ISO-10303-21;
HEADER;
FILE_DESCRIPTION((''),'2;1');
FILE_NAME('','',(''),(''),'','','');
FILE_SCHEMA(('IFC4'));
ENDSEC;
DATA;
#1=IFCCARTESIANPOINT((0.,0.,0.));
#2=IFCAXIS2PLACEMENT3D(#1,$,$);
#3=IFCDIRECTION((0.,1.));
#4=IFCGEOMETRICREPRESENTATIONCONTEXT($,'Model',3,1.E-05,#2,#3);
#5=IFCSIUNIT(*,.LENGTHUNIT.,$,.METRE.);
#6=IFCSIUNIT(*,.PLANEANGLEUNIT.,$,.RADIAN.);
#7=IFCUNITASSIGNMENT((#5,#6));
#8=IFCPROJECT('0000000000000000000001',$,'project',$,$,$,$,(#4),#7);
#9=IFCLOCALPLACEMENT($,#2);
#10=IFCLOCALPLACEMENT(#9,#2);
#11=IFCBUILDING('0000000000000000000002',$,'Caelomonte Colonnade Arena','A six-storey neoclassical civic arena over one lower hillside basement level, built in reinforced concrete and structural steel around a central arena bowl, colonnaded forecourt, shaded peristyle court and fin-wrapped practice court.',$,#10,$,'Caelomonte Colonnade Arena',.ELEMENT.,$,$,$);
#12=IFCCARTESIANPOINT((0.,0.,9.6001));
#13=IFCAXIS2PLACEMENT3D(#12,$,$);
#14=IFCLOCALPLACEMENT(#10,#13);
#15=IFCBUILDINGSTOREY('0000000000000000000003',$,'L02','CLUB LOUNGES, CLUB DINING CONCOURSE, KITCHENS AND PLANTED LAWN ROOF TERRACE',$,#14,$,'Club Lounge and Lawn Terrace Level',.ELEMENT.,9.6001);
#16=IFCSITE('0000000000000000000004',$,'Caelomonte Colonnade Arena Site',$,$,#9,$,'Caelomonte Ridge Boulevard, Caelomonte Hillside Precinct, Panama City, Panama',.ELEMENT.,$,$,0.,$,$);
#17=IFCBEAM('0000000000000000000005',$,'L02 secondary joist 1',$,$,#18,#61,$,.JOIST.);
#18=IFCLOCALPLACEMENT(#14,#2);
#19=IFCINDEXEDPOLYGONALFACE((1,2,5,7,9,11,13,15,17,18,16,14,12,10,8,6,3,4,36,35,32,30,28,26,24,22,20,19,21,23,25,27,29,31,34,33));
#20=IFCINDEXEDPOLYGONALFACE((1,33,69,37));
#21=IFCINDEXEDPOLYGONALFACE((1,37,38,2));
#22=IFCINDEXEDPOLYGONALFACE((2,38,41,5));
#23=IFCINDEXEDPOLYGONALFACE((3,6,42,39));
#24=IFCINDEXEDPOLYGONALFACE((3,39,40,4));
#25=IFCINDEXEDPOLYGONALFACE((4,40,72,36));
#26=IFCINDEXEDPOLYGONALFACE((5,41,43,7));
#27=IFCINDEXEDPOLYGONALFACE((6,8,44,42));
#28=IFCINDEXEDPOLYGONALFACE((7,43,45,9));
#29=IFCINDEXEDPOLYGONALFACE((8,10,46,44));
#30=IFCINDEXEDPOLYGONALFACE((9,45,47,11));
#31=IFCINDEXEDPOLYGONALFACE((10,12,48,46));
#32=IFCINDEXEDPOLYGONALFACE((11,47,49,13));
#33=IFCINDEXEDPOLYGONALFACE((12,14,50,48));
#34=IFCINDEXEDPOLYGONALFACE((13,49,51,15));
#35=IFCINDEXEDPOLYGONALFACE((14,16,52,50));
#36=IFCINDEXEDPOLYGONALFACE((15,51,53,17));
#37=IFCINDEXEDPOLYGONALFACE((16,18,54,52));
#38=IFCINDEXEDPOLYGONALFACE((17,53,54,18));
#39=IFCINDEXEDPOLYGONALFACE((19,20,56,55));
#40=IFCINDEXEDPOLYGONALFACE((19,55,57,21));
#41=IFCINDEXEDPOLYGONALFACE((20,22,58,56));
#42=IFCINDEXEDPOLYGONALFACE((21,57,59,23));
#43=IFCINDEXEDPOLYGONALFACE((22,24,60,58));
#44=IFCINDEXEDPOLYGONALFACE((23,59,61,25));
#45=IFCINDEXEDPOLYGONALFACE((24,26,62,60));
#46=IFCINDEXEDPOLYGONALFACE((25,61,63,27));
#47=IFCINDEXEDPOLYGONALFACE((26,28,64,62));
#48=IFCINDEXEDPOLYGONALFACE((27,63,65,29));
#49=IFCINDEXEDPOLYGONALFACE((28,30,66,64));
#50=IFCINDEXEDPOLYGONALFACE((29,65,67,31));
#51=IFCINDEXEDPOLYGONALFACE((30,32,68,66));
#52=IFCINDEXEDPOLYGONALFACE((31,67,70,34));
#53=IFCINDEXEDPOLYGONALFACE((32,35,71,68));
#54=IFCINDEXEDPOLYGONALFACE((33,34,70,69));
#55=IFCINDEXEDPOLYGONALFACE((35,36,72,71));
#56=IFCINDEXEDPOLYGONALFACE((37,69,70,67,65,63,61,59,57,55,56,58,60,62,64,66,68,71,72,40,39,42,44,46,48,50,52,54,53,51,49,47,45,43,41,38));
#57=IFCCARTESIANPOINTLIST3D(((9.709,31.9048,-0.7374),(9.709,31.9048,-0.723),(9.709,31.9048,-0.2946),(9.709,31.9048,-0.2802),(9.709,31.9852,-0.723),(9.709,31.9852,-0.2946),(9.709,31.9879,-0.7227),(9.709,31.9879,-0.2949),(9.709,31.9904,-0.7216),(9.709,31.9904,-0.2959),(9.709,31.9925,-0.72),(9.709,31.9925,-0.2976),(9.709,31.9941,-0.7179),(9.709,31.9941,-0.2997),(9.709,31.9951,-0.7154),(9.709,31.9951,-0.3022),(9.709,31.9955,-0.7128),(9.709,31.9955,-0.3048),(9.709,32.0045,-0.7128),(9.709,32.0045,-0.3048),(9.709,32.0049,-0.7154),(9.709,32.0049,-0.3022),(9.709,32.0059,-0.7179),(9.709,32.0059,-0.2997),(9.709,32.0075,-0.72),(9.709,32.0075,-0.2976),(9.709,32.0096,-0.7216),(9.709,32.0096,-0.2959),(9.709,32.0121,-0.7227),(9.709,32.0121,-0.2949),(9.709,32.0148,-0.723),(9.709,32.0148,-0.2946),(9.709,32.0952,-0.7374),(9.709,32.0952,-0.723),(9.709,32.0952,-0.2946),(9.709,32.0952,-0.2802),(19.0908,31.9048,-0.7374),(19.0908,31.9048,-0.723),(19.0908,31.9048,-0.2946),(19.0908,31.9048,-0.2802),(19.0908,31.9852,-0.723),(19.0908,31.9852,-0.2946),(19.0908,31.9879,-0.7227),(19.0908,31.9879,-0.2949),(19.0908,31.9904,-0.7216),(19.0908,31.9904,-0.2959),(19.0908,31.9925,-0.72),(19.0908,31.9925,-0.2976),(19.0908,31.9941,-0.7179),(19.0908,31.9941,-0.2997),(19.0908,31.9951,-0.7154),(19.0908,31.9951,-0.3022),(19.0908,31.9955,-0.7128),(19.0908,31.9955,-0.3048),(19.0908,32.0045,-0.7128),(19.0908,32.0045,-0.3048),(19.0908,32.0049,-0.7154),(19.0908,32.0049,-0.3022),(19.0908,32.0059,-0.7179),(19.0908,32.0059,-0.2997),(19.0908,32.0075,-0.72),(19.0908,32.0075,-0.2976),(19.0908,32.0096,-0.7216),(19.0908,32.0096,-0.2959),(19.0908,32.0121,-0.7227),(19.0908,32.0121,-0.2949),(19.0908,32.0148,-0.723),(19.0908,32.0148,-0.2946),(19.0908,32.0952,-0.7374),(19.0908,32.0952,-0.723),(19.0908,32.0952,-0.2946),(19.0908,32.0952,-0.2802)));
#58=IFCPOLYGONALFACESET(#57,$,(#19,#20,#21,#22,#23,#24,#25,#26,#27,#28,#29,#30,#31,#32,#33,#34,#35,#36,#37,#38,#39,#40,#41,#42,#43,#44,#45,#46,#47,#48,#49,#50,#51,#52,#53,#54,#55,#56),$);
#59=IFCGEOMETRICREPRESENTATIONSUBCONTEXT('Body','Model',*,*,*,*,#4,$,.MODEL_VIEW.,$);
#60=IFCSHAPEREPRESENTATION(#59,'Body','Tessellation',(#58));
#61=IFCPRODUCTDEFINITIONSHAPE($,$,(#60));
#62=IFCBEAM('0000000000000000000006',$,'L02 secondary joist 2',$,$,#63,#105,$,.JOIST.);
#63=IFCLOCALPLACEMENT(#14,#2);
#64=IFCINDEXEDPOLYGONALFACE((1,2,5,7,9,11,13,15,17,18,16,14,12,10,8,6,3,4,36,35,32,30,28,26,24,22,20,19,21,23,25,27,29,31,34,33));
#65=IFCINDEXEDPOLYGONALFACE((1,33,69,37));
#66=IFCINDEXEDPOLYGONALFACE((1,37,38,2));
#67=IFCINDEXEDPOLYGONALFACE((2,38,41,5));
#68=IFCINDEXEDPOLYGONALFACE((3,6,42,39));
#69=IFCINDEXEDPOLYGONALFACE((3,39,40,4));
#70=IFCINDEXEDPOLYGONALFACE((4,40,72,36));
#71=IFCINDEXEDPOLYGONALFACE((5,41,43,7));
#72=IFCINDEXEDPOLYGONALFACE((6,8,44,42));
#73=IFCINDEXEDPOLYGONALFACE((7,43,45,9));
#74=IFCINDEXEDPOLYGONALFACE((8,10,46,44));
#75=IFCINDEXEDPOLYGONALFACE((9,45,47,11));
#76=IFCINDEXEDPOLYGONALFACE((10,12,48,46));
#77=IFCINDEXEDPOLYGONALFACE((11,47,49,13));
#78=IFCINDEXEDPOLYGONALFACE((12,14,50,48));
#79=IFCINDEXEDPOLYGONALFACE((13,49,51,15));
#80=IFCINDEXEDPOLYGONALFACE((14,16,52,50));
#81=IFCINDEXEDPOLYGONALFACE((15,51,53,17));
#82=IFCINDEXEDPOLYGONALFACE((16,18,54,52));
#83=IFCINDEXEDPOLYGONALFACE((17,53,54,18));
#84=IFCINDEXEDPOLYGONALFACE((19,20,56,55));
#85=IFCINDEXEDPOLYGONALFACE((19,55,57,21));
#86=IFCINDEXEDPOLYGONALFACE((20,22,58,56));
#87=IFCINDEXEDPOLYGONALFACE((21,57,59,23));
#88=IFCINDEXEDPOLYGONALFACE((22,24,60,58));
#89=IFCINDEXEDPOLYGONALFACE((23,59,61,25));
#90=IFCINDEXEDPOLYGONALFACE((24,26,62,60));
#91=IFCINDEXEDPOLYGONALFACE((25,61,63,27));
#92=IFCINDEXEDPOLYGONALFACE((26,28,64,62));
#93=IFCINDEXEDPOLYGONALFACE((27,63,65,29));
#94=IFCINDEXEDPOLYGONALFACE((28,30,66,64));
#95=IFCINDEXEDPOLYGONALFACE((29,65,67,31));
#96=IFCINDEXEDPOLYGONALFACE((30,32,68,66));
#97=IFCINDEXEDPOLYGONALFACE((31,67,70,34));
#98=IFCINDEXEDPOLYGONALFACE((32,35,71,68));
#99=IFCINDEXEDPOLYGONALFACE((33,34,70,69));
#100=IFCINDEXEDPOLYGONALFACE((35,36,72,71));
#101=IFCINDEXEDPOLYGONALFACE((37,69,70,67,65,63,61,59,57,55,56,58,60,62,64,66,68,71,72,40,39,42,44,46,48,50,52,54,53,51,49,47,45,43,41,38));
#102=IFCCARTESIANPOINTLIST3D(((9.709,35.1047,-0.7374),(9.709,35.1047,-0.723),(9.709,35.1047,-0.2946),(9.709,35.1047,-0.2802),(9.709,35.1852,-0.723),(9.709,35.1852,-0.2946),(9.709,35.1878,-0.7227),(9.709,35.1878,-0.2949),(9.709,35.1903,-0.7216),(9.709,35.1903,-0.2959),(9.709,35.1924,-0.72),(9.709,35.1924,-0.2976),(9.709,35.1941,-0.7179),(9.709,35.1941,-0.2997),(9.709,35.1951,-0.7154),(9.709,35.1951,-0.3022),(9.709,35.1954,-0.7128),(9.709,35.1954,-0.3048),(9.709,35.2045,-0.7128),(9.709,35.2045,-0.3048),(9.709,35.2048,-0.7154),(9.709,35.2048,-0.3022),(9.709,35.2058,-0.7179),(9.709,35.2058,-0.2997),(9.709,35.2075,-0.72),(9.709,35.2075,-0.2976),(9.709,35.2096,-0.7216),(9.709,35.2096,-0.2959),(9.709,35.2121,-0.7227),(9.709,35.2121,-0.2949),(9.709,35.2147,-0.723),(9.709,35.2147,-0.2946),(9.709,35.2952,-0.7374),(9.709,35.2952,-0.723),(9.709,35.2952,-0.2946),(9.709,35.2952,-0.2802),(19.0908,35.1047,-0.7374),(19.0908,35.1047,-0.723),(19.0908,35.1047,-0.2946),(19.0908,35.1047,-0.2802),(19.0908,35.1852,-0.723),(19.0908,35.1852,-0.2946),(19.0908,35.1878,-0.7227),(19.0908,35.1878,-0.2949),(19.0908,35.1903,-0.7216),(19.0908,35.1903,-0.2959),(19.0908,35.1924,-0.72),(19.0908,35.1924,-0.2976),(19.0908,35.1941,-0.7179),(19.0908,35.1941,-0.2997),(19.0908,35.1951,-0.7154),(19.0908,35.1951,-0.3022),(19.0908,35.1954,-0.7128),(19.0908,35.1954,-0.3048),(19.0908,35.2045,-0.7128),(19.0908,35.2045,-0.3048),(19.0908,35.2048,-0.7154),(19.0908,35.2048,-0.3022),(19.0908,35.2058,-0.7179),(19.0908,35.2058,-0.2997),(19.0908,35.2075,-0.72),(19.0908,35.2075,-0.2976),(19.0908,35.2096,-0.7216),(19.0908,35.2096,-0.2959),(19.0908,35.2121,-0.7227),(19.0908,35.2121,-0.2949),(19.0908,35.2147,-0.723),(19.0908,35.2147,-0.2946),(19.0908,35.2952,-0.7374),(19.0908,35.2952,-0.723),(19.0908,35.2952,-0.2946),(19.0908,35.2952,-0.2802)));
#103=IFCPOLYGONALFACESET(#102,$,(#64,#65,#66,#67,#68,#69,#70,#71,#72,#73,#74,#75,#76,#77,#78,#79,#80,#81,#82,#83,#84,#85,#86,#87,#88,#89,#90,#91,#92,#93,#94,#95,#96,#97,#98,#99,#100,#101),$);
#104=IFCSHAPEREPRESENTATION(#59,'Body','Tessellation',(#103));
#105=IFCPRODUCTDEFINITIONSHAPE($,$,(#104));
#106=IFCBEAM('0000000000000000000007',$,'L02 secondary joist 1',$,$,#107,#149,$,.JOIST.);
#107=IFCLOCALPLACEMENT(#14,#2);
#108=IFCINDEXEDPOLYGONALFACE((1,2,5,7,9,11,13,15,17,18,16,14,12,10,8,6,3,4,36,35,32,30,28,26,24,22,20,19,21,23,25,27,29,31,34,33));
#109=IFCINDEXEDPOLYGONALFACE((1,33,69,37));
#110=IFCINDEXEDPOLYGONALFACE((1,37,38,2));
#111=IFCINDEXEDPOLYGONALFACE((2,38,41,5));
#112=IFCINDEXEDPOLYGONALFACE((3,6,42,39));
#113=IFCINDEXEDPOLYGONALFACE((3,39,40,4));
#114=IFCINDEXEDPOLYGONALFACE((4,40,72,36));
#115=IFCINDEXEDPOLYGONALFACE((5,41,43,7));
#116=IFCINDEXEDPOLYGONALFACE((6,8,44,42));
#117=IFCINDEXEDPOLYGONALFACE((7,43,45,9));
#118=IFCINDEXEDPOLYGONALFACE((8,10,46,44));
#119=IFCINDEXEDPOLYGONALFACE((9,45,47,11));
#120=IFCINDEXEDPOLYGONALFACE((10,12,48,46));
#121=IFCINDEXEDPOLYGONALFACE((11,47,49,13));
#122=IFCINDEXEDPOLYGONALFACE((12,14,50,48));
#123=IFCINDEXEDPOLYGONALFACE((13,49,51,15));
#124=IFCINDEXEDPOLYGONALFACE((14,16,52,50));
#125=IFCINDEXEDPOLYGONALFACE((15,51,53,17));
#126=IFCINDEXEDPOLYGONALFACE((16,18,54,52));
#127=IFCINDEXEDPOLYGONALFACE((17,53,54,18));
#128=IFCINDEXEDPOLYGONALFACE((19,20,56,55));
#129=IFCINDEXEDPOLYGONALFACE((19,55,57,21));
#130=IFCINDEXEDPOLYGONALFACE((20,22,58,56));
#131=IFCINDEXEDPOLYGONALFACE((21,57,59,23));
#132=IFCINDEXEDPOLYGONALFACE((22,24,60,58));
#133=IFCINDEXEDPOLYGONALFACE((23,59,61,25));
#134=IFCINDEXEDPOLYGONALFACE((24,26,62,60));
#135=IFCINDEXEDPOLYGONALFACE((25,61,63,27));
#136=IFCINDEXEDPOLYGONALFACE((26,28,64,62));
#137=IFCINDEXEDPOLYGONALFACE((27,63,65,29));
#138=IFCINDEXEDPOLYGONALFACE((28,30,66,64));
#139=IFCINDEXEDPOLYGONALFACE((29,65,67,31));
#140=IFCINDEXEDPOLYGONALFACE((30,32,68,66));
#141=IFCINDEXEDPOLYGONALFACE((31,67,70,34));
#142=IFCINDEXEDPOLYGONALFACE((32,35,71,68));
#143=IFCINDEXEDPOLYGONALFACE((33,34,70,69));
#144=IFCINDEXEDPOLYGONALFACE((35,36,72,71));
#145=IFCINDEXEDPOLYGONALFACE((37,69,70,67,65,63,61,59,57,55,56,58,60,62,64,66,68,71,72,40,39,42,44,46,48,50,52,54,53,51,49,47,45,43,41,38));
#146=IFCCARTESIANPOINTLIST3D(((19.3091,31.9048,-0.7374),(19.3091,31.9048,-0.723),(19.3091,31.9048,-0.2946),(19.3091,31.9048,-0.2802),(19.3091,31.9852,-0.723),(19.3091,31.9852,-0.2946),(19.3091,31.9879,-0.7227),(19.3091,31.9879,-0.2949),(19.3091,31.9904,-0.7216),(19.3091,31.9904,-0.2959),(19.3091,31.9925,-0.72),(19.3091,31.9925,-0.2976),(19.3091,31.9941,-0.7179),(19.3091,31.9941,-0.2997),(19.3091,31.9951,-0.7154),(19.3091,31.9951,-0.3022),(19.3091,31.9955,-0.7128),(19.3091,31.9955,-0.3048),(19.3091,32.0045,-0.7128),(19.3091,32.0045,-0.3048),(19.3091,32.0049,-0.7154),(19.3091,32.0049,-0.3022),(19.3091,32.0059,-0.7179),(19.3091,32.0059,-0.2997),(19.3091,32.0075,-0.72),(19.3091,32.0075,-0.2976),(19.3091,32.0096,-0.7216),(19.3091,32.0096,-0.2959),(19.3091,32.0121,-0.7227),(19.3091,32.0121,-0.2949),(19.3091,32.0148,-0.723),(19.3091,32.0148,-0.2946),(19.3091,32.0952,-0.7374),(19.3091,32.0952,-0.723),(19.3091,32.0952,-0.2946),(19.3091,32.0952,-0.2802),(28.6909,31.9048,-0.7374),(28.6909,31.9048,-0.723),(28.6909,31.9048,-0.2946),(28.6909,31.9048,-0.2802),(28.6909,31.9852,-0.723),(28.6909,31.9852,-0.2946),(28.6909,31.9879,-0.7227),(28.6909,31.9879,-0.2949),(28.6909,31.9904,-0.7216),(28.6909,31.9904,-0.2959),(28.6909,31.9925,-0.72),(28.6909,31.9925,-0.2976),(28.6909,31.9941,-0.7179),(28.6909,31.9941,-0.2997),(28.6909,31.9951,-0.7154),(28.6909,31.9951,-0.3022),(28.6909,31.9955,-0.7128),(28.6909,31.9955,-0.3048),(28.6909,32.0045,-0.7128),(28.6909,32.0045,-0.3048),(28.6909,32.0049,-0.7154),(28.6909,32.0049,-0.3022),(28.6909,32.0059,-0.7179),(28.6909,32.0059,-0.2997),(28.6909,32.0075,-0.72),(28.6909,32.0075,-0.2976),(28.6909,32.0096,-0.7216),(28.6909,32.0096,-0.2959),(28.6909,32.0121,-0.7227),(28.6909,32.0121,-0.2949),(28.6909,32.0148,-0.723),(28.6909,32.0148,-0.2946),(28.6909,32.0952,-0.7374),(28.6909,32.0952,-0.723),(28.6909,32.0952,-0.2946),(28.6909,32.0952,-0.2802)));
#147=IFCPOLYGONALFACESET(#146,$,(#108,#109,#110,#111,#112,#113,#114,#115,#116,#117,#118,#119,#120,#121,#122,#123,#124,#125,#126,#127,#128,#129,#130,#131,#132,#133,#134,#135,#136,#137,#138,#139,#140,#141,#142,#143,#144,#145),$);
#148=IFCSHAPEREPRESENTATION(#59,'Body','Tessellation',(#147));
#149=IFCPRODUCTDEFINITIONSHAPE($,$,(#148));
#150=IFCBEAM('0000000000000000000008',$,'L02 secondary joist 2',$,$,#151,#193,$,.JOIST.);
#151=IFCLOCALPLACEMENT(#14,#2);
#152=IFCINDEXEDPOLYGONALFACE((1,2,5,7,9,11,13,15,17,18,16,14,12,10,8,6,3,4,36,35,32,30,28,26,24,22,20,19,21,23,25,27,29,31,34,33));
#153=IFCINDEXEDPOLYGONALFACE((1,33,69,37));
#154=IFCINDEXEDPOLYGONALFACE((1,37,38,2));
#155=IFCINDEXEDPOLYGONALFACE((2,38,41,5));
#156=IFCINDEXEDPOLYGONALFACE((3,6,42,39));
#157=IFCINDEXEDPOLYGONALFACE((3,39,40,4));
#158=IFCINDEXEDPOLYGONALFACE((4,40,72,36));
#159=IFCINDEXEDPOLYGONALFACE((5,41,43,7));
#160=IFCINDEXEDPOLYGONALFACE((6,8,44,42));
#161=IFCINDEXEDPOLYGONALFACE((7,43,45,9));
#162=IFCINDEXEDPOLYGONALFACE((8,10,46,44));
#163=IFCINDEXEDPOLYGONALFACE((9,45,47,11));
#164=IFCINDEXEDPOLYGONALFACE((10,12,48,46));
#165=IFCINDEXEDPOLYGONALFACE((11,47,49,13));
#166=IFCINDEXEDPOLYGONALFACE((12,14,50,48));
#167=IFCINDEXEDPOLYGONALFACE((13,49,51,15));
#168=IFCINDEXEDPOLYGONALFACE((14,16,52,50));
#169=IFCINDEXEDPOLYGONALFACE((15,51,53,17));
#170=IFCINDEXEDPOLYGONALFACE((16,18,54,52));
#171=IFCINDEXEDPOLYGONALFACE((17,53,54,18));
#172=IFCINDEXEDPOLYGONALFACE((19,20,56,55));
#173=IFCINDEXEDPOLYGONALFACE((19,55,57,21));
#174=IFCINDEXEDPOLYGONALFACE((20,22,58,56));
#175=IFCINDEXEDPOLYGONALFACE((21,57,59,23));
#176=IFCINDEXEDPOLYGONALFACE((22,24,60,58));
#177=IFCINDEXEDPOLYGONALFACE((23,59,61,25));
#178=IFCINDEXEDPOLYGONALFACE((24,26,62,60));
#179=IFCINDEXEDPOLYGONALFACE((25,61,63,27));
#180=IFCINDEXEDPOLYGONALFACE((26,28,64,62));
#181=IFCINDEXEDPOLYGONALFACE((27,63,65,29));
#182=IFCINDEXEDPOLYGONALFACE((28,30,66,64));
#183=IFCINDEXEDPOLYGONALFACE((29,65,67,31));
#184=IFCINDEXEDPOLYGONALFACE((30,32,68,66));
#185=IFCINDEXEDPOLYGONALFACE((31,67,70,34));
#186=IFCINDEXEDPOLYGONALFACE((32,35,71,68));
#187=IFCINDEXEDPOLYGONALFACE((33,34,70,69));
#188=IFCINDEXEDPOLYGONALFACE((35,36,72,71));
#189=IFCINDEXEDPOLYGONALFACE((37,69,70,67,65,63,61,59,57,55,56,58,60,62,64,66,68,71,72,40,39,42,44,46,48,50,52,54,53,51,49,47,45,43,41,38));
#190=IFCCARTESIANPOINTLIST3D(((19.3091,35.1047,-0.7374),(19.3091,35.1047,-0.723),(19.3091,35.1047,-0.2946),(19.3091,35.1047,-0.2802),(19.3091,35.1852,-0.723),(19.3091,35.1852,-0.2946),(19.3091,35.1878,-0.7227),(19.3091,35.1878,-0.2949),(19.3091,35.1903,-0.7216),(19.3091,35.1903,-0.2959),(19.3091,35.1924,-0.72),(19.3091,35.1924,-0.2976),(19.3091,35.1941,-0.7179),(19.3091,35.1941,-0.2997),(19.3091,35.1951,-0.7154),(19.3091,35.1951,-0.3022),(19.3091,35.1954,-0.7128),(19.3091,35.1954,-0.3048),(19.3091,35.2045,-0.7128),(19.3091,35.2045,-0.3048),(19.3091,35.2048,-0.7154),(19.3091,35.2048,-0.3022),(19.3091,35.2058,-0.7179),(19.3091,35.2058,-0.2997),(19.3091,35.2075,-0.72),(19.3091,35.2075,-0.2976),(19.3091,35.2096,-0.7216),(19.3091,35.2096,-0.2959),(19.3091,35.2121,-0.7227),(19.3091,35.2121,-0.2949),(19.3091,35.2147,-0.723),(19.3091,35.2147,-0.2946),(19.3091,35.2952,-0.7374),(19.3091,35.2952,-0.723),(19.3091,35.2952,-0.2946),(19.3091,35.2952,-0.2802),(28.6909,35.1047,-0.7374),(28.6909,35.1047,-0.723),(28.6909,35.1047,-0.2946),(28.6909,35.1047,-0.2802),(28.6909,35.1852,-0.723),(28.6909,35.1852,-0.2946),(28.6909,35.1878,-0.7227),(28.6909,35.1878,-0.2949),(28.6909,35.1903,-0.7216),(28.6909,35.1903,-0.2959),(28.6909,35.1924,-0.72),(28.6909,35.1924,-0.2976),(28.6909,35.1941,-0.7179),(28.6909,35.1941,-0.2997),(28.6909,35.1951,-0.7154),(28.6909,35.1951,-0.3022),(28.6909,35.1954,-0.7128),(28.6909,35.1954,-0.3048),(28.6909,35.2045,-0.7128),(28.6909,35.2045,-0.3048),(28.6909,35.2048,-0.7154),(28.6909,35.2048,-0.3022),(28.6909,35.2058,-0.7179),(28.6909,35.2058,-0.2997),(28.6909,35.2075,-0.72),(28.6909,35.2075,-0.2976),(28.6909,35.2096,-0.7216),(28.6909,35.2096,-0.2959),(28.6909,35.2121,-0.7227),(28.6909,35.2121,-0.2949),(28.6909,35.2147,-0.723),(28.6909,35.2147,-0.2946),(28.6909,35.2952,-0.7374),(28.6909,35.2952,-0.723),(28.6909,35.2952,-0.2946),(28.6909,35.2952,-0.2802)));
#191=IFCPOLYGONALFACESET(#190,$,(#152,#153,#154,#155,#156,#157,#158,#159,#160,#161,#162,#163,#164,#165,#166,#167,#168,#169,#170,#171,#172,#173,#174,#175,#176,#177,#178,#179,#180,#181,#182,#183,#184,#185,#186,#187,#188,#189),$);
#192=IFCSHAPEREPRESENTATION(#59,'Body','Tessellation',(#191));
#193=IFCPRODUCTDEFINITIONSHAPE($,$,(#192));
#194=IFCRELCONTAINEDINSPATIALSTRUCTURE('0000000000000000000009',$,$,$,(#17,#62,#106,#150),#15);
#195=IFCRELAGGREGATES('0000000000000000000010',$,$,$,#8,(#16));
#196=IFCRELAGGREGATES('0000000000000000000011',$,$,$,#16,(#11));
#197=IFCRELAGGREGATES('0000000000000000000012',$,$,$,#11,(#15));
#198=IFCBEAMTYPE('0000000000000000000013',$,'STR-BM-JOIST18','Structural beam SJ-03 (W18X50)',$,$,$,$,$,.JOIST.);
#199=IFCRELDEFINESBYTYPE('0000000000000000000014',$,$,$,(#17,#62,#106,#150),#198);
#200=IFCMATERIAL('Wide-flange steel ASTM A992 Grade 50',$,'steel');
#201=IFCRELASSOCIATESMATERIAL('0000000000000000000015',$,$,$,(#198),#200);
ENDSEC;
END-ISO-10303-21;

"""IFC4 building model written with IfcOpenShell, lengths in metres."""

from ifc_helpers import new_model, si_unit, direction, frame, origin, origin_2d, place, context, subcontext, project, spatial, i_section, extrude, material, material_profile, profile_set, type_object, element, save


model = new_model("IFC4")

# Units and contexts
model_context = context("Model", 3, precision=1e-05, world=origin(), true_north=direction((0.0, 1.0)))
body_context = subcontext(model_context, "Body", "Model", "MODEL_VIEW")
ifc_project = project(units=[si_unit("LENGTHUNIT", "METRE"), si_unit("PLANEANGLEUNIT", "RADIAN")], contexts=[model_context])

# Site, building, storey
site_placement = place(None, origin())
site = spatial("IfcSite", under=ifc_project, at=site_placement, Name="Caelomonte Colonnade Arena Site", LongName="Caelomonte Ridge Boulevard, Caelomonte Hillside Precinct, Panama City, Panama", CompositionType="ELEMENT", RefElevation=0.0)
building_placement = place(site_placement, origin())
building = spatial("IfcBuilding", under=site, at=building_placement, Name="Caelomonte Colonnade Arena", Description="A six-storey neoclassical civic arena over one lower hillside basement level, built in reinforced concrete and structural steel around a central arena bowl, colonnaded forecourt, shaded peristyle court and fin-wrapped practice court.", LongName="Caelomonte Colonnade Arena", CompositionType="ELEMENT")
storey_placement = place(building_placement, frame((0.0, 0.0, 9.6001)))
storey = spatial("IfcBuildingStorey", under=building, at=storey_placement, Name="L02", Description="CLUB LOUNGES, CLUB DINING CONCOURSE, KITCHENS AND PLANTED LAWN ROOF TERRACE", LongName="Club Lounge and Lawn Terrace Level", CompositionType="ELEMENT", Elevation=9.6001)

# Beams
ifc_material_1 = material(Name="Wide-flange steel ASTM A992 Grade 50", Category="steel")
ifc_material_profile_1 = material_profile(ifc_material_1, i_section(OverallWidth=0.1904, OverallDepth=0.4573, WebThickness=0.009, FlangeThickness=0.0144, FilletRadius=0.0103, at=origin_2d()), Name="W18X50")
ifc_profile_set_1 = profile_set([ifc_material_profile_1], Name="Wide-flange steel ASTM A992 Grade 50")
beam_type = type_object("IfcBeamType", Name="STR-BM-JOIST18", Description="Structural beam SJ-03 (W18X50)", PredefinedType="JOIST", material=ifc_profile_set_1)
for number, where, z_axis, x_axis, name in (
    (1, (9.709, 32.0, -0.5088), (1.0, 0.0, 0.0), (0.0, 1.0, 0.0), "L02 secondary joist 1"),
    (2, (9.709, 35.2, -0.5088), (1.0, 0.0, 0.0), (0.0, 1.0, 0.0), "L02 secondary joist 2"),
    (3, (19.3091, 32.0, -0.5088), (1.0, 0.0, 0.0), (0.0, 1.0, 0.0), "L02 secondary joist 1"),
    (4, (19.3091, 35.2, -0.5088), (1.0, 0.0, 0.0), (0.0, 1.0, 0.0), "L02 secondary joist 2"),
):
    element("IfcBeam", number, at=place(storey_placement, frame(where, z_axis=z_axis, x_axis=x_axis)), inside=storey, type_object=beam_type, Name=name, PredefinedType="JOIST", context=body_context, shape_type="SweptSolid", body=[
        extrude(i_section(OverallWidth=0.1904, OverallDepth=0.4573, WebThickness=0.009, FlangeThickness=0.0144, FilletRadius=0.0103, at=origin_2d()), origin(), (0.0, 0.0, 1.0), 9.3818),
    ])

save(model, "model.ifc")
